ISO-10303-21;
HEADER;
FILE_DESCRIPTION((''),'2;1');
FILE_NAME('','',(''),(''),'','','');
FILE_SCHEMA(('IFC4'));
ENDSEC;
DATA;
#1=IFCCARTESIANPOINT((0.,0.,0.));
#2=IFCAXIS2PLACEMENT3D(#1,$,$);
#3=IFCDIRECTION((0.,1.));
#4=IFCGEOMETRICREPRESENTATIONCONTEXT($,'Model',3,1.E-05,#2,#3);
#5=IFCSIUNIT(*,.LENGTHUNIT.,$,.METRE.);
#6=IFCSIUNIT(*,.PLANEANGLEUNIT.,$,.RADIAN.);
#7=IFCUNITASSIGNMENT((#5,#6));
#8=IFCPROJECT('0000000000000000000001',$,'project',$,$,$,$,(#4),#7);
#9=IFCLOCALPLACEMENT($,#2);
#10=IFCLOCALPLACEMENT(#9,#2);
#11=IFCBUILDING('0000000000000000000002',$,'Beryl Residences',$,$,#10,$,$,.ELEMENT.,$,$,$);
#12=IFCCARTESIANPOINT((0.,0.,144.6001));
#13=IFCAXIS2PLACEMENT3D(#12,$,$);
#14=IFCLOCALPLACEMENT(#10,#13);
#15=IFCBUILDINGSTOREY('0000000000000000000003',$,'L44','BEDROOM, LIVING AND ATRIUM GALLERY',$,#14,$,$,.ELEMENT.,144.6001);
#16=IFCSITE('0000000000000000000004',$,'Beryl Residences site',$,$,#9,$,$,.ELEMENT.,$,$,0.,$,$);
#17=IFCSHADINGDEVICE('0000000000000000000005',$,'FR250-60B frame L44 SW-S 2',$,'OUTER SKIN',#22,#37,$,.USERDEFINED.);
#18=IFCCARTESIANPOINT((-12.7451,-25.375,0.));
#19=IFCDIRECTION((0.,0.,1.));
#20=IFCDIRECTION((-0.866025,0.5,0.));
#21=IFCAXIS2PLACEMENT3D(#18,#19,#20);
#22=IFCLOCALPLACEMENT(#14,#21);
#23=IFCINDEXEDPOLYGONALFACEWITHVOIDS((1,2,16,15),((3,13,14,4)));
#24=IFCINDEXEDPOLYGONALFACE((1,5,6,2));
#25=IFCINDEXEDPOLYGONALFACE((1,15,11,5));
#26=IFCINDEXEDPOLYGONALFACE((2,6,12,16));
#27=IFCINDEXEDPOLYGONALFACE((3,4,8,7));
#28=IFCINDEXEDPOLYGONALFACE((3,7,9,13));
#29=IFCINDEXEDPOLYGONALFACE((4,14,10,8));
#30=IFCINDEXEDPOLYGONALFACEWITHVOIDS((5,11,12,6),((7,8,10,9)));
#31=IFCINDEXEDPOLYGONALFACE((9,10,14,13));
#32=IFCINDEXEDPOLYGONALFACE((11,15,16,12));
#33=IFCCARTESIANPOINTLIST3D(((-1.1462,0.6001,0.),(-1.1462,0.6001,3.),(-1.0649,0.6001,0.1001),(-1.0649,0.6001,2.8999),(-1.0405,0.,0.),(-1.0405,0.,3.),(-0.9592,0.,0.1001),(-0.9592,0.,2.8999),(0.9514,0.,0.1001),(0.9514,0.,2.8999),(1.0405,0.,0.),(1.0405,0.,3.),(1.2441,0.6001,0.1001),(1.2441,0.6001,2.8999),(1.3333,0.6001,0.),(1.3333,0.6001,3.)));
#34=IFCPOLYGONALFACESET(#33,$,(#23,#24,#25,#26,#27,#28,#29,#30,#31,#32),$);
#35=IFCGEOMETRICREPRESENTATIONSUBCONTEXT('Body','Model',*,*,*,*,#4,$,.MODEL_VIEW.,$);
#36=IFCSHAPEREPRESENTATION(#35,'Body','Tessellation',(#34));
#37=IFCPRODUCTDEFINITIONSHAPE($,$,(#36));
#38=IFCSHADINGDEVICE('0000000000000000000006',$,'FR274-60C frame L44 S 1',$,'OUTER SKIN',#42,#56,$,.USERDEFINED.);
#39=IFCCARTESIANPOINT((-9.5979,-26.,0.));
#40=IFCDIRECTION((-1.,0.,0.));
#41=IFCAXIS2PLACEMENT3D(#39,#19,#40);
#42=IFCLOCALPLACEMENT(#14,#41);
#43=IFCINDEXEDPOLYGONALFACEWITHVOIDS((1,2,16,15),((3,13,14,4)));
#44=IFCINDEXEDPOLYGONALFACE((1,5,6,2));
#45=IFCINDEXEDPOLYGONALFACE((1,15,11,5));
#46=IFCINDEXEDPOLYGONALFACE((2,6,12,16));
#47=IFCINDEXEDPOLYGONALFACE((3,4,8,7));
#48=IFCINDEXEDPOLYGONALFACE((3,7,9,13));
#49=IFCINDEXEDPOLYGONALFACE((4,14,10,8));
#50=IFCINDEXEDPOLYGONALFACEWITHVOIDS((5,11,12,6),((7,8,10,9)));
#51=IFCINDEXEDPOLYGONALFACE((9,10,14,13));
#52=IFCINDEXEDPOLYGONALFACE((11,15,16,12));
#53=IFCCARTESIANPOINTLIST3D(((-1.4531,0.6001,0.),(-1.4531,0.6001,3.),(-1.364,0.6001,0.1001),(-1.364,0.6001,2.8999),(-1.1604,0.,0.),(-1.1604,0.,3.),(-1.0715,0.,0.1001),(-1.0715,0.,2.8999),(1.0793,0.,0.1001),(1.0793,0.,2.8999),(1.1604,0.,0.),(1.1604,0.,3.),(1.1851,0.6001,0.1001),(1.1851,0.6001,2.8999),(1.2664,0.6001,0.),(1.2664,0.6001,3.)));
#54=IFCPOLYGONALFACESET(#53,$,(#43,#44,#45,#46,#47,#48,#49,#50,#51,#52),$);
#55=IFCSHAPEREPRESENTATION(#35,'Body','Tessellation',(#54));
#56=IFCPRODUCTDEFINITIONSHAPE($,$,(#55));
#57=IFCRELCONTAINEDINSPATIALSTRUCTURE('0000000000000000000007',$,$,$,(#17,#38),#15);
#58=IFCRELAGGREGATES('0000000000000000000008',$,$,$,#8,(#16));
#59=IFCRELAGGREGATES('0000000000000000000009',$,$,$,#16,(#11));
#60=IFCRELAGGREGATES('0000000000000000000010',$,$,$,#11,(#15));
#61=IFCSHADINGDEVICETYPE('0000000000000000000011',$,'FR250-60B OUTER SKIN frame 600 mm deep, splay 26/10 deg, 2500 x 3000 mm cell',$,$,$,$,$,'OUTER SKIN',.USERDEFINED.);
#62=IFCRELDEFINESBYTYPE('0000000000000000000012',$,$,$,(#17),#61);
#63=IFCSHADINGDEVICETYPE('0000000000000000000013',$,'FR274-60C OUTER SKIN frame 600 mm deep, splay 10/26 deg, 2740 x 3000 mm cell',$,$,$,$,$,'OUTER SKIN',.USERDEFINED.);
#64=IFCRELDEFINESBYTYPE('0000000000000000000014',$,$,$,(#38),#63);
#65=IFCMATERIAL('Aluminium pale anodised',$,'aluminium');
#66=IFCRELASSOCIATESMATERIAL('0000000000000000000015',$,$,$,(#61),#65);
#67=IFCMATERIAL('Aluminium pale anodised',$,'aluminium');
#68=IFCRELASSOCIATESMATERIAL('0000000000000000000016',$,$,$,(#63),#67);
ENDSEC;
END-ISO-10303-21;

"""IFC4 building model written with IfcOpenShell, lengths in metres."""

from ifc_helpers import new_model, entity, si_unit, direction, frame, origin, place, context, subcontext, project, spatial, source, transform, mapped, material, type_object, type_shapes, element, save


model = new_model("IFC4")

# Units and contexts
model_context = context("Model", 3, precision=1e-05, world=origin(), true_north=direction((0.0, 1.0)))
body_context = subcontext(model_context, "Body", "Model", "MODEL_VIEW")
ifc_project = project(units=[si_unit("LENGTHUNIT", "METRE"), si_unit("PLANEANGLEUNIT", "RADIAN")], contexts=[model_context])

# Site, building, storey
site_placement = place(None, origin())
site = spatial("IfcSite", under=ifc_project, at=site_placement, Name="Beryl Residences site", CompositionType="ELEMENT", RefElevation=0.0)
building_placement = place(site_placement, origin())
building = spatial("IfcBuilding", under=site, at=building_placement, Name="Beryl Residences", CompositionType="ELEMENT")
storey_placement = place(building_placement, frame((0.0, 0.0, 144.6001)))
storey = spatial("IfcBuildingStorey", under=building, at=storey_placement, Name="L44", Description="BEDROOM, LIVING AND ATRIUM GALLERY", CompositionType="ELEMENT", Elevation=144.6001)

# Shading devices
ifc_material_1 = material(Name="Aluminium pale anodised", Category="aluminium")
shading_device_type_1 = type_object("IfcShadingDeviceType", Name="FR250-60B OUTER SKIN frame 600 mm deep, splay 26/10 deg, 2500 x 3000 mm cell", ElementType="OUTER SKIN", PredefinedType="USERDEFINED", material=ifc_material_1)
cartesian_point_1 = entity("IfcCartesianPoint", [-1.0405, 0.0])
cartesian_point_2 = entity("IfcCartesianPoint", [-0.9514, 0.1001])
cartesian_point_3 = entity("IfcCartesianPoint", [-1.3333, 0.0])
cartesian_point_4 = entity("IfcCartesianPoint", [-1.2441, 0.1001])
shared_shape_1 = source(origin(), body_context, "Body", "SweptSolid", [
    entity("IfcExtrudedAreaSolidTapered", entity("IfcArbitraryProfileDefWithVoids", "AREA", None, entity("IfcPolyline", [cartesian_point_1, entity("IfcCartesianPoint", [1.0405, 0.0]), entity("IfcCartesianPoint", [1.0405, 3.0]), entity("IfcCartesianPoint", [-1.0405, 3.0]), cartesian_point_1]), [entity("IfcPolyline", [cartesian_point_2, entity("IfcCartesianPoint", [0.9592, 0.1001]), entity("IfcCartesianPoint", [0.9592, 2.8999]), entity("IfcCartesianPoint", [-0.9514, 2.8999]), cartesian_point_2])]), entity("IfcAxis2Placement3D", entity("IfcCartesianPoint", [0.0, 0.0, 0.0]), entity("IfcDirection", [0.0, 1.0, 0.0]), entity("IfcDirection", [-1.0, 0.0, 0.0])), entity("IfcDirection", [0.0, 0.0, 1.0]), 0.6001, entity("IfcArbitraryProfileDefWithVoids", "AREA", None, entity("IfcPolyline", [cartesian_point_3, entity("IfcCartesianPoint", [1.1462, 0.0]), entity("IfcCartesianPoint", [1.1462, 3.0]), entity("IfcCartesianPoint", [-1.3333, 3.0]), cartesian_point_3]), [entity("IfcPolyline", [cartesian_point_4, entity("IfcCartesianPoint", [1.0649, 0.1001]), entity("IfcCartesianPoint", [1.0649, 2.8999]), entity("IfcCartesianPoint", [-1.2441, 2.8999]), cartesian_point_4])])),
])
type_shapes(shading_device_type_1, [shared_shape_1])
shading_device_1_placement = place(storey_placement, frame((-12.7451, -25.375, 0.0), z_axis=(0.0, 0.0, 1.0), x_axis=(-0.866025, 0.5, 0.0)))
element("IfcShadingDevice", 1, at=shading_device_1_placement, inside=storey, type_object=shading_device_type_1, Name="FR250-60B frame L44 SW-S 2", ObjectType="OUTER SKIN", PredefinedType="USERDEFINED", context=body_context, shape_type="MappedRepresentation", body=[
    mapped(shared_shape_1, transform((0.0, 0.0, 0.0))),
])
ifc_material_2 = material(Name="Aluminium pale anodised", Category="aluminium")
shading_device_type_2 = type_object("IfcShadingDeviceType", Name="FR274-60C OUTER SKIN frame 600 mm deep, splay 10/26 deg, 2740 x 3000 mm cell", ElementType="OUTER SKIN", PredefinedType="USERDEFINED", material=ifc_material_2)
cartesian_point_5 = entity("IfcCartesianPoint", [-1.1604, 0.0])
cartesian_point_6 = entity("IfcCartesianPoint", [-1.0793, 0.1001])
cartesian_point_7 = entity("IfcCartesianPoint", [-1.2664, 0.0])
cartesian_point_8 = entity("IfcCartesianPoint", [-1.1851, 0.1001])
shared_shape_2 = source(origin(), body_context, "Body", "SweptSolid", [
    entity("IfcExtrudedAreaSolidTapered", entity("IfcArbitraryProfileDefWithVoids", "AREA", None, entity("IfcPolyline", [cartesian_point_5, entity("IfcCartesianPoint", [1.1604, 0.0]), entity("IfcCartesianPoint", [1.1604, 3.0]), entity("IfcCartesianPoint", [-1.1604, 3.0]), cartesian_point_5]), [entity("IfcPolyline", [cartesian_point_6, entity("IfcCartesianPoint", [1.0715, 0.1001]), entity("IfcCartesianPoint", [1.0715, 2.8999]), entity("IfcCartesianPoint", [-1.0793, 2.8999]), cartesian_point_6])]), entity("IfcAxis2Placement3D", entity("IfcCartesianPoint", [0.0, 0.0, 0.0]), entity("IfcDirection", [0.0, 1.0, 0.0]), entity("IfcDirection", [-1.0, 0.0, 0.0])), entity("IfcDirection", [0.0, 0.0, 1.0]), 0.6001, entity("IfcArbitraryProfileDefWithVoids", "AREA", None, entity("IfcPolyline", [cartesian_point_7, entity("IfcCartesianPoint", [1.4531, 0.0]), entity("IfcCartesianPoint", [1.4531, 3.0]), entity("IfcCartesianPoint", [-1.2664, 3.0]), cartesian_point_7]), [entity("IfcPolyline", [cartesian_point_8, entity("IfcCartesianPoint", [1.364, 0.1001]), entity("IfcCartesianPoint", [1.364, 2.8999]), entity("IfcCartesianPoint", [-1.1851, 2.8999]), cartesian_point_8])])),
])
type_shapes(shading_device_type_2, [shared_shape_2])
shading_device_2_placement = place(storey_placement, frame((-9.5979, -26.0, 0.0), z_axis=(0.0, 0.0, 1.0), x_axis=(-1.0, 0.0, 0.0)))
element("IfcShadingDevice", 2, at=shading_device_2_placement, inside=storey, type_object=shading_device_type_2, Name="FR274-60C frame L44 S 1", ObjectType="OUTER SKIN", PredefinedType="USERDEFINED", context=body_context, shape_type="MappedRepresentation", body=[
    mapped(shared_shape_2, transform((0.0, 0.0, 0.0))),
])

save(model, "model.ifc")
